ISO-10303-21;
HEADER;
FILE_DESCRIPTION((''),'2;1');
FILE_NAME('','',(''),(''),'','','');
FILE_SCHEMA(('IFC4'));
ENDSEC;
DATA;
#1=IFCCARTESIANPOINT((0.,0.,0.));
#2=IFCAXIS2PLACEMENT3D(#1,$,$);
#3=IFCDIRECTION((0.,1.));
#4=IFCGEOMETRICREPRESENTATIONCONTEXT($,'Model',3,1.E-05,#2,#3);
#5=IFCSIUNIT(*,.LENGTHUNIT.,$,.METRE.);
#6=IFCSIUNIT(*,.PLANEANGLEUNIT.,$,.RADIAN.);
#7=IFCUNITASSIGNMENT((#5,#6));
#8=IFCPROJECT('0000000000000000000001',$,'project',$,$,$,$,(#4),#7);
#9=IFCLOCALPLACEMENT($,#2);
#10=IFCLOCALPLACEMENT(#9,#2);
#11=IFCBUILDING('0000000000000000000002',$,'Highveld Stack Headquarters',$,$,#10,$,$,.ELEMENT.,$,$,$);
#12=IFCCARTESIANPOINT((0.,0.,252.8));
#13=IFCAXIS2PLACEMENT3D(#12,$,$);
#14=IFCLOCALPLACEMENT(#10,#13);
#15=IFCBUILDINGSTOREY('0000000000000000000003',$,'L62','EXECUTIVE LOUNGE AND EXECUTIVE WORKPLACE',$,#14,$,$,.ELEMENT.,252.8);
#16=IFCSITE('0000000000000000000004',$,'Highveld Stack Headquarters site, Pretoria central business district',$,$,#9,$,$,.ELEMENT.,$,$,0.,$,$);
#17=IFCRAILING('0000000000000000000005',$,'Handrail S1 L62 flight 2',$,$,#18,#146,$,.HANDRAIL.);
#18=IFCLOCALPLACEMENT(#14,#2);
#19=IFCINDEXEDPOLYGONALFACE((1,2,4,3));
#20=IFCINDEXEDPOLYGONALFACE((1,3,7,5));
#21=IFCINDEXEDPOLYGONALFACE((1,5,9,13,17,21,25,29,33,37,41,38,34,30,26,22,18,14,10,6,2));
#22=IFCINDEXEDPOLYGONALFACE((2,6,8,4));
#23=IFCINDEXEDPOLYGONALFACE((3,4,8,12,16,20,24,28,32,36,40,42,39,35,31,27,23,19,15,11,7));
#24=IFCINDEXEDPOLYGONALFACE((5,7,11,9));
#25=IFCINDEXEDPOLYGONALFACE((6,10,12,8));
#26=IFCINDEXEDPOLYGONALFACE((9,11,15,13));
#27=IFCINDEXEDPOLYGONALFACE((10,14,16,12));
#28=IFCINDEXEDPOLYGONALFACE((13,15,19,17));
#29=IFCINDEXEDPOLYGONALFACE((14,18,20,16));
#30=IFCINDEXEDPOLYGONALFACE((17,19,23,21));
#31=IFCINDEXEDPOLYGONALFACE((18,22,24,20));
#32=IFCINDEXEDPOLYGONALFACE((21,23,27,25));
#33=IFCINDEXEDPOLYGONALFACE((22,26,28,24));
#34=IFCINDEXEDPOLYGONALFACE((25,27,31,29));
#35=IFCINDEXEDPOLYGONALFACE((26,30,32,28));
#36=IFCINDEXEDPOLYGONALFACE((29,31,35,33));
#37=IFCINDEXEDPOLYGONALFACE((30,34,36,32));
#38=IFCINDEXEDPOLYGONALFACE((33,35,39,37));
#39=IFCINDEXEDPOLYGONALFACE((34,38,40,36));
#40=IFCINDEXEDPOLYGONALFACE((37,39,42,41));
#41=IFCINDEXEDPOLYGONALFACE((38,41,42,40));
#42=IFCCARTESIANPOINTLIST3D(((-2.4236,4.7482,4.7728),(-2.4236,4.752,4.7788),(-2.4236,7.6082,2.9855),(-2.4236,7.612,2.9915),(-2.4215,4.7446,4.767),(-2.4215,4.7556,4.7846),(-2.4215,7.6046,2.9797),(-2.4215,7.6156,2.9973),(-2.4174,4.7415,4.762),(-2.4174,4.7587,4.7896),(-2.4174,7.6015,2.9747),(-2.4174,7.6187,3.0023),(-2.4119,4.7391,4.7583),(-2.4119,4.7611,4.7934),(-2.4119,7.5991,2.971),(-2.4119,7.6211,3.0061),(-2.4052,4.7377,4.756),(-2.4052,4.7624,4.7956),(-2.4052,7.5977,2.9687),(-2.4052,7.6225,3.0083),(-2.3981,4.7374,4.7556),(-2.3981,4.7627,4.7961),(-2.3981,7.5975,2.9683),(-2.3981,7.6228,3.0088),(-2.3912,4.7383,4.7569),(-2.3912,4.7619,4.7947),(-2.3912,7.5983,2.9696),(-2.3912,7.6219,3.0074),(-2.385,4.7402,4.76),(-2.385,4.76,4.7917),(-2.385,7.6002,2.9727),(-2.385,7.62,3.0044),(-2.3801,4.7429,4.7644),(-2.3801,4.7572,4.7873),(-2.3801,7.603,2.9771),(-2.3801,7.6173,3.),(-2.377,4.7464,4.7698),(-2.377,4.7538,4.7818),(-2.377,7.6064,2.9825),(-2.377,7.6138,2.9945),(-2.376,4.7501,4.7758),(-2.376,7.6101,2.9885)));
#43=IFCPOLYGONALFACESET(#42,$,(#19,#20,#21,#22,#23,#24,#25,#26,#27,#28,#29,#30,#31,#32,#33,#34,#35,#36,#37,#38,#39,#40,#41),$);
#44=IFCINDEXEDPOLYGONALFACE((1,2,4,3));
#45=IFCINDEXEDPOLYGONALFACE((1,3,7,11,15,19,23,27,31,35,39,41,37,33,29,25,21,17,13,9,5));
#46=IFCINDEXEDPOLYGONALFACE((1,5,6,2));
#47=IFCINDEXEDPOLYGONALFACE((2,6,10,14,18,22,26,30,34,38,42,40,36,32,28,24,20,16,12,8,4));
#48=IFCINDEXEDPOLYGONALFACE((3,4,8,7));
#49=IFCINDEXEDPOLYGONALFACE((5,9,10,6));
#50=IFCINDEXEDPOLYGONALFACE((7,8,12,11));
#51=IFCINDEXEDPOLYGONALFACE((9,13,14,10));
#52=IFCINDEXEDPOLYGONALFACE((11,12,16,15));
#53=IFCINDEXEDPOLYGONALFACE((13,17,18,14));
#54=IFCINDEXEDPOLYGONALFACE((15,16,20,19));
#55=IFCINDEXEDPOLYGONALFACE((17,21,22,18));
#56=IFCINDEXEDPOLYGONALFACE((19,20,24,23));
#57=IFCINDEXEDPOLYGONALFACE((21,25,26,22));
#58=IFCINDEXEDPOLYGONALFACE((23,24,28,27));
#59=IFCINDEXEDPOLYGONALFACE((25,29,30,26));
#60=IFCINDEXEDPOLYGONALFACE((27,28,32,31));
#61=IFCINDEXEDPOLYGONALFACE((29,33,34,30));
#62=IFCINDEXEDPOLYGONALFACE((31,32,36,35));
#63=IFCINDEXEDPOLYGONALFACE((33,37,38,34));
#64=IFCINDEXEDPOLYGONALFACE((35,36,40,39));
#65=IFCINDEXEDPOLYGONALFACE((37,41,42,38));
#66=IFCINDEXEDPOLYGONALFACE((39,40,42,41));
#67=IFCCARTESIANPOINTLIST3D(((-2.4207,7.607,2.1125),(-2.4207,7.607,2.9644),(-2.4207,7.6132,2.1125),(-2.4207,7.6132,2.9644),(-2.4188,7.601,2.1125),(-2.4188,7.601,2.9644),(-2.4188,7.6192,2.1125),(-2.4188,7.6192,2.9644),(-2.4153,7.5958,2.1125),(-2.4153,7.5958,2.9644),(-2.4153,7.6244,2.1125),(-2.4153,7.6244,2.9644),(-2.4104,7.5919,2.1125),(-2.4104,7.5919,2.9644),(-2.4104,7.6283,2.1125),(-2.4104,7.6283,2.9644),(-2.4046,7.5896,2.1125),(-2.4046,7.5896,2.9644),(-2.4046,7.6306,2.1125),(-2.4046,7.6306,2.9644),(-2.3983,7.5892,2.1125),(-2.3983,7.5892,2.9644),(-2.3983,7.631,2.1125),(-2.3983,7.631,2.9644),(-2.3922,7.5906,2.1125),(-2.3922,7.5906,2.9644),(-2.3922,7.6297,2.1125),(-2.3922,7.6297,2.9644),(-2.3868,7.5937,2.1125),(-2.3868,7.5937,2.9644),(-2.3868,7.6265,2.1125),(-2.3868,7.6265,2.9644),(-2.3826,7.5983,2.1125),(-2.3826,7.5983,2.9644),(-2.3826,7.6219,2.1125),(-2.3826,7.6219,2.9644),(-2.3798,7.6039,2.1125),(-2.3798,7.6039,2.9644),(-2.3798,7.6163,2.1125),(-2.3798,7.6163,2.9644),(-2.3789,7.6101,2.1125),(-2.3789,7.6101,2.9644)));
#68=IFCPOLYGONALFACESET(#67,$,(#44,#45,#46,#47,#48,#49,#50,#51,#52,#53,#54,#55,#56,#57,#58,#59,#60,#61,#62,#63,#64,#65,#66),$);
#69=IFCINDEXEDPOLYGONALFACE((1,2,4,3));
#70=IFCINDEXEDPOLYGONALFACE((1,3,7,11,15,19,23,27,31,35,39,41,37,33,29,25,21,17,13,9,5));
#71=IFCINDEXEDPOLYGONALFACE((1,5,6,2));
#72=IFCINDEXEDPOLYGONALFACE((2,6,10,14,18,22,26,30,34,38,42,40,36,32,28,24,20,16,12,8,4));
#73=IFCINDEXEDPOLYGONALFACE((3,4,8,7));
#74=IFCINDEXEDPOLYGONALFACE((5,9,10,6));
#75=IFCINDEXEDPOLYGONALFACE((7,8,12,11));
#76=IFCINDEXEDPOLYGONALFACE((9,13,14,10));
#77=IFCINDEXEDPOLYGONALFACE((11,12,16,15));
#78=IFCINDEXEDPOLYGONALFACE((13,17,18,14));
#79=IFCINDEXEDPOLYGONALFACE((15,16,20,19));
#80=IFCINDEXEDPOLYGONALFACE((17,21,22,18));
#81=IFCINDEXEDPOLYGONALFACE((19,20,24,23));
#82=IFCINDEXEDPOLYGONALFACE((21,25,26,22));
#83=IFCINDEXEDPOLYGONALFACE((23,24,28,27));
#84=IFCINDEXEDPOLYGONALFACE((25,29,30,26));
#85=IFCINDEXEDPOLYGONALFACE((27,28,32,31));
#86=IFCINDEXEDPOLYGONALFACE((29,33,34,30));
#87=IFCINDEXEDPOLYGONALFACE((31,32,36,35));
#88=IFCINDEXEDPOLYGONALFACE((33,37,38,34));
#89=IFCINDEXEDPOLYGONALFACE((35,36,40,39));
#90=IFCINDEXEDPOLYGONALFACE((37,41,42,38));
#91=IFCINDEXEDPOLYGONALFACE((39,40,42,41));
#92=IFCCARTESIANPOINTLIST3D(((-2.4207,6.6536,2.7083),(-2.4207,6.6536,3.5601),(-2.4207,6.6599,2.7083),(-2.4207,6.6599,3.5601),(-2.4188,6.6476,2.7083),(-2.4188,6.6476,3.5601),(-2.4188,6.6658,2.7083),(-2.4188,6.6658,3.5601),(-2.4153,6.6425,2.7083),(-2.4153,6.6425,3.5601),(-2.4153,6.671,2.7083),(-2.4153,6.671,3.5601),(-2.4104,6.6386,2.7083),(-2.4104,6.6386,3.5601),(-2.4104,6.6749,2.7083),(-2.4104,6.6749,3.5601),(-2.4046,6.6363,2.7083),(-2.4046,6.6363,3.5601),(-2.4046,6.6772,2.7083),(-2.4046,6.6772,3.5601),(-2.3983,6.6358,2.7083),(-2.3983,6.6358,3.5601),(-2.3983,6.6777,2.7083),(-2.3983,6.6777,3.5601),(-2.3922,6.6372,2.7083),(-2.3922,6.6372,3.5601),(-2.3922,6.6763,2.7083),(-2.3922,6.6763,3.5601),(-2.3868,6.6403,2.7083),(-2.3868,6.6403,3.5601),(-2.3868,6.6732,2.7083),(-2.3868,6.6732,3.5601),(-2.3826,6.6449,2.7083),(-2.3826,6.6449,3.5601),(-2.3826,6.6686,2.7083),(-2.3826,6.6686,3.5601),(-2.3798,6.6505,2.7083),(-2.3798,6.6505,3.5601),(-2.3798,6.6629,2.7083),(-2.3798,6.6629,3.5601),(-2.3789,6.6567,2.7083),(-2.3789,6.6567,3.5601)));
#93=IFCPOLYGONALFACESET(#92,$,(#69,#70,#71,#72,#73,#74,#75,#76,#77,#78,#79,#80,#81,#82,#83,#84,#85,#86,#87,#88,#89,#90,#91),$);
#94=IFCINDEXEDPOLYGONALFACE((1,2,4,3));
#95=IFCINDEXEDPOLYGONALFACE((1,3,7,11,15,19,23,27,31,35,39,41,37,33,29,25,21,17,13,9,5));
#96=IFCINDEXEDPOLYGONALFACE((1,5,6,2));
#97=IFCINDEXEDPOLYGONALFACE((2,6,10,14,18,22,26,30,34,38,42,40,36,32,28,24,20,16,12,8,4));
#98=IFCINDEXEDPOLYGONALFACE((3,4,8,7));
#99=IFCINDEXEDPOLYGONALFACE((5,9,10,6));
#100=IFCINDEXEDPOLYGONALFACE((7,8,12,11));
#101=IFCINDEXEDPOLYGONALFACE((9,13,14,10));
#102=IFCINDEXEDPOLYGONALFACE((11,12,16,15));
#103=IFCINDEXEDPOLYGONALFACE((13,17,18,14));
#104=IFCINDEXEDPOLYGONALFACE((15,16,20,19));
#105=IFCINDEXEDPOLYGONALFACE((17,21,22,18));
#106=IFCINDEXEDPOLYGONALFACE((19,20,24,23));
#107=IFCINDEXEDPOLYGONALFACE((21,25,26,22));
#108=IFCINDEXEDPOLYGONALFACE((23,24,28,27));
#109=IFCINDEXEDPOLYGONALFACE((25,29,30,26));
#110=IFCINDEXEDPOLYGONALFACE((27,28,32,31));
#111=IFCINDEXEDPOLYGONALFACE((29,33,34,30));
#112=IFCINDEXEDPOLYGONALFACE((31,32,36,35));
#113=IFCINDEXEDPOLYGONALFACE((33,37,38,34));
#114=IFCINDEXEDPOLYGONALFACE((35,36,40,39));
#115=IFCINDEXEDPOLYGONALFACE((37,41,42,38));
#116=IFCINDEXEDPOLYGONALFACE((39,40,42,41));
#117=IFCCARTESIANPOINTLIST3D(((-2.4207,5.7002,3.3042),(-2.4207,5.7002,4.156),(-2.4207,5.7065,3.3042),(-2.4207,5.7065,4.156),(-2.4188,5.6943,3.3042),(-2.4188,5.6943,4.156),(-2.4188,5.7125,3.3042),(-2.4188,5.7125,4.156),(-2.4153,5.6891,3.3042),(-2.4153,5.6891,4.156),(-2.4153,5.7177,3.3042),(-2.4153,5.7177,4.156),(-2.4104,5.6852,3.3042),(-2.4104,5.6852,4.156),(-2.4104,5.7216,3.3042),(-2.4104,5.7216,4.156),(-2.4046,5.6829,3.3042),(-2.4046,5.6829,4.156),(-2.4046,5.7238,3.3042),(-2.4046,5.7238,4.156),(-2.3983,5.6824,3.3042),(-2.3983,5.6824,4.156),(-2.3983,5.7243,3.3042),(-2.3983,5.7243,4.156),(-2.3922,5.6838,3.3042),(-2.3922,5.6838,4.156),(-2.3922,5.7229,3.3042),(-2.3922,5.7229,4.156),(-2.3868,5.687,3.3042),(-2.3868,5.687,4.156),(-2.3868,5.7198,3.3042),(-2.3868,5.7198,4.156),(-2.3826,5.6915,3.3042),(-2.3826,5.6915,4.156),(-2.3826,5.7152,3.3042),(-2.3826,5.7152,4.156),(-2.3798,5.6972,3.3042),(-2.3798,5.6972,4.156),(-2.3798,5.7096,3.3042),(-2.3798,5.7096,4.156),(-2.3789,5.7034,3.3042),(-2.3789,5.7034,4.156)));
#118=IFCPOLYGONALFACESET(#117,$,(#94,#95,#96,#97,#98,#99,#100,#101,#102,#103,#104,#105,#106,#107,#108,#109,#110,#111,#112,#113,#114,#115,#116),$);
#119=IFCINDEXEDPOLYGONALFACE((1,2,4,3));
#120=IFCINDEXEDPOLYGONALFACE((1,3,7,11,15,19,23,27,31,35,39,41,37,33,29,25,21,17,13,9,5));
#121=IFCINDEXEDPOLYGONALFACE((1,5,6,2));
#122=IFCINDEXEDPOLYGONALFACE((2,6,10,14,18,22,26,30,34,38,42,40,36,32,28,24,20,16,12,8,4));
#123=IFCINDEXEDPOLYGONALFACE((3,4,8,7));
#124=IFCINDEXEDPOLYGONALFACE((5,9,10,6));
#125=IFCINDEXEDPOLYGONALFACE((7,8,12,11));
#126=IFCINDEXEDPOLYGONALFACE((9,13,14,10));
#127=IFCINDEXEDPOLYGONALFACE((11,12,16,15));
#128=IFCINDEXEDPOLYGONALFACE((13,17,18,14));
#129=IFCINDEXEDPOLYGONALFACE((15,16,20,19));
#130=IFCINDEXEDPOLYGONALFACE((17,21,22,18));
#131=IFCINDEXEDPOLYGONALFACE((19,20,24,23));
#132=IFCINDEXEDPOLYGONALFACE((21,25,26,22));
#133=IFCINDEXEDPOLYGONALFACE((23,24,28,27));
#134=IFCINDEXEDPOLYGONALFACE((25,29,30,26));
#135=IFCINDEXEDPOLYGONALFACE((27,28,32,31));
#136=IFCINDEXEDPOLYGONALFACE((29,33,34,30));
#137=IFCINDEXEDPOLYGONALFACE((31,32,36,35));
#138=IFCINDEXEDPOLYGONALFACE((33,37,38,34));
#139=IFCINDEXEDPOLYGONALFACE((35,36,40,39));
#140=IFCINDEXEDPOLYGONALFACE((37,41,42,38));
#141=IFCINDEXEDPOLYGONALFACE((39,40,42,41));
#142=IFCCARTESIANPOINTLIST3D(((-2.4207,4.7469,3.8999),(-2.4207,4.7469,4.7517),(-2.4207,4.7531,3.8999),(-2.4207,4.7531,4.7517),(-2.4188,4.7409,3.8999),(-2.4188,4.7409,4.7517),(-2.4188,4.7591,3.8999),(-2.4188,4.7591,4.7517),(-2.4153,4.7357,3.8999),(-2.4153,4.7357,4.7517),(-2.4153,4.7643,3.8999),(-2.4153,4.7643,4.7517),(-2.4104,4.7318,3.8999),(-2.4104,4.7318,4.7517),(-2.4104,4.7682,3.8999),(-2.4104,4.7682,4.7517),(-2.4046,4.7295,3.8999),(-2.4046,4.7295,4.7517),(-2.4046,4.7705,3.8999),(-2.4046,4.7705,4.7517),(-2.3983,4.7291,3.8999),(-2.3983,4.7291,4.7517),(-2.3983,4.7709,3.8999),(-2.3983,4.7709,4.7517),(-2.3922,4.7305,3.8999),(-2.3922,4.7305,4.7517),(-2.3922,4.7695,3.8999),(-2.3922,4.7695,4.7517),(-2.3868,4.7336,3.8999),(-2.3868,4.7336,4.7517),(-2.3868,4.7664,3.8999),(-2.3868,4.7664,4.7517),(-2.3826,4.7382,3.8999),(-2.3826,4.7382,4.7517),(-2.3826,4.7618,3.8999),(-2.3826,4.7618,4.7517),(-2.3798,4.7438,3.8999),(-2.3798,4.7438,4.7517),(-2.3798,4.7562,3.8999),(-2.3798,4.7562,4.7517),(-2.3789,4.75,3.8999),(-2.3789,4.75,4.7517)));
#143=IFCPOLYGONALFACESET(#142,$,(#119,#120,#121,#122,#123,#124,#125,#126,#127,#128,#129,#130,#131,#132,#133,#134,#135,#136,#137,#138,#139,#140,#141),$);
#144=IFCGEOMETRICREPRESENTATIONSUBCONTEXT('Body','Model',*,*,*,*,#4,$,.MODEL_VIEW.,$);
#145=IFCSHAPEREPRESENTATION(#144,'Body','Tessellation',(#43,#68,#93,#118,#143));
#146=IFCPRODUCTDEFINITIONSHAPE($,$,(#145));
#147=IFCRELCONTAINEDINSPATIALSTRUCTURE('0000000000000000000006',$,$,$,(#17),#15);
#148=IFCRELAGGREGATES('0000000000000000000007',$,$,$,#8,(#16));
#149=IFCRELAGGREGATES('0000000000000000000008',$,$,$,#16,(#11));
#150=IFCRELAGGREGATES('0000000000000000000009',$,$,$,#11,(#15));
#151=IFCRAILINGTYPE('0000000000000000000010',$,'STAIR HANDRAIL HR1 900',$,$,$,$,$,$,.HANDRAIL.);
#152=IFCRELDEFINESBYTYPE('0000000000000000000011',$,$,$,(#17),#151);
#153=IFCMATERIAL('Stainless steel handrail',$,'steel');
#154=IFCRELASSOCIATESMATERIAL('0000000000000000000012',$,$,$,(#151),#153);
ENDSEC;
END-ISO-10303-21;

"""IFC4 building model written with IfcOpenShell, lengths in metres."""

from ifc_helpers import new_model, si_unit, direction, frame, origin, origin_2d, place, context, subcontext, project, spatial, circle, extrude, material, type_object, element, save


model = new_model("IFC4")

# Units and contexts
model_context = context("Model", 3, precision=1e-05, world=origin(), true_north=direction((0.0, 1.0)))
body_context = subcontext(model_context, "Body", "Model", "MODEL_VIEW")
ifc_project = project(units=[si_unit("LENGTHUNIT", "METRE"), si_unit("PLANEANGLEUNIT", "RADIAN")], contexts=[model_context])

# Site, building, storey
site_placement = place(None, origin())
site = spatial("IfcSite", under=ifc_project, at=site_placement, Name="Highveld Stack Headquarters site, Pretoria central business district", CompositionType="ELEMENT", RefElevation=0.0)
building_placement = place(site_placement, origin())
building = spatial("IfcBuilding", under=site, at=building_placement, Name="Highveld Stack Headquarters", CompositionType="ELEMENT")
storey_placement = place(building_placement, frame((0.0, 0.0, 252.8)))
storey = spatial("IfcBuildingStorey", under=building, at=storey_placement, Name="L62", Description="EXECUTIVE LOUNGE AND EXECUTIVE WORKPLACE", CompositionType="ELEMENT", Elevation=252.8)

# Railing
ifc_material_1 = material(Name="Stainless steel handrail", Category="steel")
railing_type = type_object("IfcRailingType", Name="STAIR HANDRAIL HR1 900", PredefinedType="HANDRAIL", material=ifc_material_1)
for number, where, name in (
    (1, (-2.3999, 7.6101, 2.1125), "Handrail S1 L62 flight 2"),
):
    element("IfcRailing", number, at=place(storey_placement, frame(where)), inside=storey, type_object=railing_type, Name=name, PredefinedType="HANDRAIL", context=body_context, shape_type="SweptSolid", body=[
        extrude(circle(Radius=0.0239, at=origin_2d()), frame((0.0, 0.0, 0.876), z_axis=(0.0, -0.848027, 0.529953), x_axis=(1.0, 0.0, 0.0)), (0.0, 0.0, 1.0), 3.3726),
        extrude(circle(Radius=0.021, at=origin_2d()), origin(), (0.0, 0.0, 1.0), 0.8518),
        extrude(circle(Radius=0.021, at=origin_2d()), frame((0.0, -0.9534, 0.5957)), (0.0, 0.0, 1.0), 0.8518),
        extrude(circle(Radius=0.021, at=origin_2d()), frame((0.0, -1.9067, 1.1917)), (0.0, 0.0, 1.0), 0.8518),
        extrude(circle(Radius=0.021, at=origin_2d()), frame((0.0, -2.8601, 1.7874)), (0.0, 0.0, 1.0), 0.8518),
    ])

save(model, "model.ifc")
